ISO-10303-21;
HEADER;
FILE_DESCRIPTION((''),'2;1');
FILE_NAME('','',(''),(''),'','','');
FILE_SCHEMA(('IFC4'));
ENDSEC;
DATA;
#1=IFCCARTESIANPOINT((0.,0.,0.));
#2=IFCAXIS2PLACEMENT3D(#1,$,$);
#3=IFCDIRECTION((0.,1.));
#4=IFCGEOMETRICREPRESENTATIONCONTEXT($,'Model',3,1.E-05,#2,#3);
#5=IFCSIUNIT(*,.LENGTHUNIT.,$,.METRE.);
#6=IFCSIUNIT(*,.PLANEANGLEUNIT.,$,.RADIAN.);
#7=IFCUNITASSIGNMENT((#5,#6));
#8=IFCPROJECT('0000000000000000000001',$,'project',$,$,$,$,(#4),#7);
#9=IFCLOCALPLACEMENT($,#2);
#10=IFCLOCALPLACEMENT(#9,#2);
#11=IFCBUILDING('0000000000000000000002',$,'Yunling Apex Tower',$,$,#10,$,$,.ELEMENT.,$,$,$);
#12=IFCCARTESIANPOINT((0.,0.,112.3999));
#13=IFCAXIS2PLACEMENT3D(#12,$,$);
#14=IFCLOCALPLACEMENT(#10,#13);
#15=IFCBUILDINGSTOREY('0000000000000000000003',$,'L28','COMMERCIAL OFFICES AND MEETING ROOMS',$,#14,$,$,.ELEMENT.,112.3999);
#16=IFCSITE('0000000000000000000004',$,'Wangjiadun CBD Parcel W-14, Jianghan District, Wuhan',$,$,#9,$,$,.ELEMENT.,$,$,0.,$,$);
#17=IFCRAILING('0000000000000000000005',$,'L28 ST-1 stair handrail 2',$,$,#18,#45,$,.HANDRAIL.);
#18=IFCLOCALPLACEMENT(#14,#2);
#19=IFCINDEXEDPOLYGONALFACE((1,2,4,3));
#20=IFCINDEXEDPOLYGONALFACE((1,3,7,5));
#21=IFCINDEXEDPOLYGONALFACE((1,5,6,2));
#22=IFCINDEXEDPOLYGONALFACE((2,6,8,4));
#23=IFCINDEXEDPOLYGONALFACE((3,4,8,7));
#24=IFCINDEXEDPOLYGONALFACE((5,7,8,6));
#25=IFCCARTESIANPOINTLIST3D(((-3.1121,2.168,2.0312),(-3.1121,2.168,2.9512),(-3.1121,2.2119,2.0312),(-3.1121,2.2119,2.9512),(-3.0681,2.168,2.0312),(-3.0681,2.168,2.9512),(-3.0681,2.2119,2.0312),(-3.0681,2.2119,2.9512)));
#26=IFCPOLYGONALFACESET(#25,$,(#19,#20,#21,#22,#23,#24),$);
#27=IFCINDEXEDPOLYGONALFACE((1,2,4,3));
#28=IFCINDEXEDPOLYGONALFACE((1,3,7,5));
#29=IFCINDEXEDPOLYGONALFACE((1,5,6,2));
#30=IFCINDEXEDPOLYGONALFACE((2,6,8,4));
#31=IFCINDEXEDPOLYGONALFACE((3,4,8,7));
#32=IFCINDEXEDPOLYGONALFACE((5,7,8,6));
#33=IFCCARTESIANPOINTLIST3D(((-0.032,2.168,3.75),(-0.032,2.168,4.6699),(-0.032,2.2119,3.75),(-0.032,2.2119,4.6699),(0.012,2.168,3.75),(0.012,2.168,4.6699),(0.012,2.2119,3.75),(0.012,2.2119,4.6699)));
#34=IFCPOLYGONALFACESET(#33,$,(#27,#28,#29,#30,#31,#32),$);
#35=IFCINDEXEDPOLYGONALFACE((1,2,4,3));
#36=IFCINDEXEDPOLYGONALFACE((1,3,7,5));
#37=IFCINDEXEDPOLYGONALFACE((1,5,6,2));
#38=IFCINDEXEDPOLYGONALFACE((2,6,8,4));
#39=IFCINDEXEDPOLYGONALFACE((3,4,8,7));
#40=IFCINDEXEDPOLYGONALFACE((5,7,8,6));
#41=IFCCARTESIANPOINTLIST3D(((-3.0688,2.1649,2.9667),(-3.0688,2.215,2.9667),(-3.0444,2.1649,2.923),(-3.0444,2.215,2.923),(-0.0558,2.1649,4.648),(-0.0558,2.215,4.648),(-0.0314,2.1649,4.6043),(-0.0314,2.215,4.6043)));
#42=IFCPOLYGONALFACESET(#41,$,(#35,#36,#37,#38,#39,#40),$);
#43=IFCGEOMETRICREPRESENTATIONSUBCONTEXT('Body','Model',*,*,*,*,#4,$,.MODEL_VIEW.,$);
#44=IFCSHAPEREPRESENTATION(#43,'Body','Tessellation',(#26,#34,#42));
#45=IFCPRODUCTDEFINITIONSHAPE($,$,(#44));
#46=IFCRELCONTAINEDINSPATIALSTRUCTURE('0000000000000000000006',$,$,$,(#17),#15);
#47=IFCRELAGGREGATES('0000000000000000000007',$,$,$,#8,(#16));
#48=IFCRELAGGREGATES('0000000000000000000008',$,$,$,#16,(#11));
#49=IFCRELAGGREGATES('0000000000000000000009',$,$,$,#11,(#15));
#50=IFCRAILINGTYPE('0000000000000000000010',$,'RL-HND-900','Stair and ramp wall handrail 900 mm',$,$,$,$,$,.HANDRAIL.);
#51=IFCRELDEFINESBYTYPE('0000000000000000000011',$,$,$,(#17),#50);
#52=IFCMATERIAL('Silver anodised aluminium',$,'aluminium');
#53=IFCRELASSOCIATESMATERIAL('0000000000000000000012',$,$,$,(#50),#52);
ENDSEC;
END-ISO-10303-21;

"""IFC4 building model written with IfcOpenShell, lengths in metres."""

from ifc_helpers import new_model, si_unit, direction, frame, origin, origin_2d, place, context, subcontext, project, spatial, rectangle, extrude, material, type_object, element, save


model = new_model("IFC4")

# Units and contexts
model_context = context("Model", 3, precision=1e-05, world=origin(), true_north=direction((0.0, 1.0)))
body_context = subcontext(model_context, "Body", "Model", "MODEL_VIEW")
ifc_project = project(units=[si_unit("LENGTHUNIT", "METRE"), si_unit("PLANEANGLEUNIT", "RADIAN")], contexts=[model_context])

# Site, building, storey
site_placement = place(None, origin())
site = spatial("IfcSite", under=ifc_project, at=site_placement, Name="Wangjiadun CBD Parcel W-14, Jianghan District, Wuhan", CompositionType="ELEMENT", RefElevation=0.0)
building_placement = place(site_placement, origin())
building = spatial("IfcBuilding", under=site, at=building_placement, Name="Yunling Apex Tower", CompositionType="ELEMENT")
storey_placement = place(building_placement, frame((0.0, 0.0, 112.3999)))
storey = spatial("IfcBuildingStorey", under=building, at=storey_placement, Name="L28", Description="COMMERCIAL OFFICES AND MEETING ROOMS", CompositionType="ELEMENT", Elevation=112.3999)

# Shared definitions
ifc_material_1 = material(Name="Silver anodised aluminium", Category="aluminium")

# Railing
railing_type_1 = type_object("IfcRailingType", Name="RL-HND-900", Description="Stair and ramp wall handrail 900 mm", PredefinedType="HANDRAIL", material=ifc_material_1)
railing_1_placement = place(storey_placement, frame((-3.0901, 2.1899, 2.0312)))
element("IfcRailing", 1, at=railing_1_placement, inside=storey, type_object=railing_type_1, Name="L28 ST-1 stair handrail 2", PredefinedType="HANDRAIL", context=body_context, shape_type="SweptSolid", body=[
    extrude(rectangle(XDim=0.0439, YDim=0.0439, at=origin_2d()), origin(), (0.0, 0.0, 1.0), 0.9199),
    extrude(rectangle(XDim=0.0439, YDim=0.0439, at=origin_2d()), frame((3.0801, 0.0, 1.7188)), (0.0, 0.0, 1.0), 0.9199),
    extrude(rectangle(XDim=0.05, YDim=0.05, at=origin_2d()), frame((0.0334, 0.0, 0.9136), z_axis=(0.873242, 0.0, 0.487288), x_axis=(0.0, 1.0, 0.0)), (0.0, 0.0, 1.0), 3.4504),
])

save(model, "model.ifc")
